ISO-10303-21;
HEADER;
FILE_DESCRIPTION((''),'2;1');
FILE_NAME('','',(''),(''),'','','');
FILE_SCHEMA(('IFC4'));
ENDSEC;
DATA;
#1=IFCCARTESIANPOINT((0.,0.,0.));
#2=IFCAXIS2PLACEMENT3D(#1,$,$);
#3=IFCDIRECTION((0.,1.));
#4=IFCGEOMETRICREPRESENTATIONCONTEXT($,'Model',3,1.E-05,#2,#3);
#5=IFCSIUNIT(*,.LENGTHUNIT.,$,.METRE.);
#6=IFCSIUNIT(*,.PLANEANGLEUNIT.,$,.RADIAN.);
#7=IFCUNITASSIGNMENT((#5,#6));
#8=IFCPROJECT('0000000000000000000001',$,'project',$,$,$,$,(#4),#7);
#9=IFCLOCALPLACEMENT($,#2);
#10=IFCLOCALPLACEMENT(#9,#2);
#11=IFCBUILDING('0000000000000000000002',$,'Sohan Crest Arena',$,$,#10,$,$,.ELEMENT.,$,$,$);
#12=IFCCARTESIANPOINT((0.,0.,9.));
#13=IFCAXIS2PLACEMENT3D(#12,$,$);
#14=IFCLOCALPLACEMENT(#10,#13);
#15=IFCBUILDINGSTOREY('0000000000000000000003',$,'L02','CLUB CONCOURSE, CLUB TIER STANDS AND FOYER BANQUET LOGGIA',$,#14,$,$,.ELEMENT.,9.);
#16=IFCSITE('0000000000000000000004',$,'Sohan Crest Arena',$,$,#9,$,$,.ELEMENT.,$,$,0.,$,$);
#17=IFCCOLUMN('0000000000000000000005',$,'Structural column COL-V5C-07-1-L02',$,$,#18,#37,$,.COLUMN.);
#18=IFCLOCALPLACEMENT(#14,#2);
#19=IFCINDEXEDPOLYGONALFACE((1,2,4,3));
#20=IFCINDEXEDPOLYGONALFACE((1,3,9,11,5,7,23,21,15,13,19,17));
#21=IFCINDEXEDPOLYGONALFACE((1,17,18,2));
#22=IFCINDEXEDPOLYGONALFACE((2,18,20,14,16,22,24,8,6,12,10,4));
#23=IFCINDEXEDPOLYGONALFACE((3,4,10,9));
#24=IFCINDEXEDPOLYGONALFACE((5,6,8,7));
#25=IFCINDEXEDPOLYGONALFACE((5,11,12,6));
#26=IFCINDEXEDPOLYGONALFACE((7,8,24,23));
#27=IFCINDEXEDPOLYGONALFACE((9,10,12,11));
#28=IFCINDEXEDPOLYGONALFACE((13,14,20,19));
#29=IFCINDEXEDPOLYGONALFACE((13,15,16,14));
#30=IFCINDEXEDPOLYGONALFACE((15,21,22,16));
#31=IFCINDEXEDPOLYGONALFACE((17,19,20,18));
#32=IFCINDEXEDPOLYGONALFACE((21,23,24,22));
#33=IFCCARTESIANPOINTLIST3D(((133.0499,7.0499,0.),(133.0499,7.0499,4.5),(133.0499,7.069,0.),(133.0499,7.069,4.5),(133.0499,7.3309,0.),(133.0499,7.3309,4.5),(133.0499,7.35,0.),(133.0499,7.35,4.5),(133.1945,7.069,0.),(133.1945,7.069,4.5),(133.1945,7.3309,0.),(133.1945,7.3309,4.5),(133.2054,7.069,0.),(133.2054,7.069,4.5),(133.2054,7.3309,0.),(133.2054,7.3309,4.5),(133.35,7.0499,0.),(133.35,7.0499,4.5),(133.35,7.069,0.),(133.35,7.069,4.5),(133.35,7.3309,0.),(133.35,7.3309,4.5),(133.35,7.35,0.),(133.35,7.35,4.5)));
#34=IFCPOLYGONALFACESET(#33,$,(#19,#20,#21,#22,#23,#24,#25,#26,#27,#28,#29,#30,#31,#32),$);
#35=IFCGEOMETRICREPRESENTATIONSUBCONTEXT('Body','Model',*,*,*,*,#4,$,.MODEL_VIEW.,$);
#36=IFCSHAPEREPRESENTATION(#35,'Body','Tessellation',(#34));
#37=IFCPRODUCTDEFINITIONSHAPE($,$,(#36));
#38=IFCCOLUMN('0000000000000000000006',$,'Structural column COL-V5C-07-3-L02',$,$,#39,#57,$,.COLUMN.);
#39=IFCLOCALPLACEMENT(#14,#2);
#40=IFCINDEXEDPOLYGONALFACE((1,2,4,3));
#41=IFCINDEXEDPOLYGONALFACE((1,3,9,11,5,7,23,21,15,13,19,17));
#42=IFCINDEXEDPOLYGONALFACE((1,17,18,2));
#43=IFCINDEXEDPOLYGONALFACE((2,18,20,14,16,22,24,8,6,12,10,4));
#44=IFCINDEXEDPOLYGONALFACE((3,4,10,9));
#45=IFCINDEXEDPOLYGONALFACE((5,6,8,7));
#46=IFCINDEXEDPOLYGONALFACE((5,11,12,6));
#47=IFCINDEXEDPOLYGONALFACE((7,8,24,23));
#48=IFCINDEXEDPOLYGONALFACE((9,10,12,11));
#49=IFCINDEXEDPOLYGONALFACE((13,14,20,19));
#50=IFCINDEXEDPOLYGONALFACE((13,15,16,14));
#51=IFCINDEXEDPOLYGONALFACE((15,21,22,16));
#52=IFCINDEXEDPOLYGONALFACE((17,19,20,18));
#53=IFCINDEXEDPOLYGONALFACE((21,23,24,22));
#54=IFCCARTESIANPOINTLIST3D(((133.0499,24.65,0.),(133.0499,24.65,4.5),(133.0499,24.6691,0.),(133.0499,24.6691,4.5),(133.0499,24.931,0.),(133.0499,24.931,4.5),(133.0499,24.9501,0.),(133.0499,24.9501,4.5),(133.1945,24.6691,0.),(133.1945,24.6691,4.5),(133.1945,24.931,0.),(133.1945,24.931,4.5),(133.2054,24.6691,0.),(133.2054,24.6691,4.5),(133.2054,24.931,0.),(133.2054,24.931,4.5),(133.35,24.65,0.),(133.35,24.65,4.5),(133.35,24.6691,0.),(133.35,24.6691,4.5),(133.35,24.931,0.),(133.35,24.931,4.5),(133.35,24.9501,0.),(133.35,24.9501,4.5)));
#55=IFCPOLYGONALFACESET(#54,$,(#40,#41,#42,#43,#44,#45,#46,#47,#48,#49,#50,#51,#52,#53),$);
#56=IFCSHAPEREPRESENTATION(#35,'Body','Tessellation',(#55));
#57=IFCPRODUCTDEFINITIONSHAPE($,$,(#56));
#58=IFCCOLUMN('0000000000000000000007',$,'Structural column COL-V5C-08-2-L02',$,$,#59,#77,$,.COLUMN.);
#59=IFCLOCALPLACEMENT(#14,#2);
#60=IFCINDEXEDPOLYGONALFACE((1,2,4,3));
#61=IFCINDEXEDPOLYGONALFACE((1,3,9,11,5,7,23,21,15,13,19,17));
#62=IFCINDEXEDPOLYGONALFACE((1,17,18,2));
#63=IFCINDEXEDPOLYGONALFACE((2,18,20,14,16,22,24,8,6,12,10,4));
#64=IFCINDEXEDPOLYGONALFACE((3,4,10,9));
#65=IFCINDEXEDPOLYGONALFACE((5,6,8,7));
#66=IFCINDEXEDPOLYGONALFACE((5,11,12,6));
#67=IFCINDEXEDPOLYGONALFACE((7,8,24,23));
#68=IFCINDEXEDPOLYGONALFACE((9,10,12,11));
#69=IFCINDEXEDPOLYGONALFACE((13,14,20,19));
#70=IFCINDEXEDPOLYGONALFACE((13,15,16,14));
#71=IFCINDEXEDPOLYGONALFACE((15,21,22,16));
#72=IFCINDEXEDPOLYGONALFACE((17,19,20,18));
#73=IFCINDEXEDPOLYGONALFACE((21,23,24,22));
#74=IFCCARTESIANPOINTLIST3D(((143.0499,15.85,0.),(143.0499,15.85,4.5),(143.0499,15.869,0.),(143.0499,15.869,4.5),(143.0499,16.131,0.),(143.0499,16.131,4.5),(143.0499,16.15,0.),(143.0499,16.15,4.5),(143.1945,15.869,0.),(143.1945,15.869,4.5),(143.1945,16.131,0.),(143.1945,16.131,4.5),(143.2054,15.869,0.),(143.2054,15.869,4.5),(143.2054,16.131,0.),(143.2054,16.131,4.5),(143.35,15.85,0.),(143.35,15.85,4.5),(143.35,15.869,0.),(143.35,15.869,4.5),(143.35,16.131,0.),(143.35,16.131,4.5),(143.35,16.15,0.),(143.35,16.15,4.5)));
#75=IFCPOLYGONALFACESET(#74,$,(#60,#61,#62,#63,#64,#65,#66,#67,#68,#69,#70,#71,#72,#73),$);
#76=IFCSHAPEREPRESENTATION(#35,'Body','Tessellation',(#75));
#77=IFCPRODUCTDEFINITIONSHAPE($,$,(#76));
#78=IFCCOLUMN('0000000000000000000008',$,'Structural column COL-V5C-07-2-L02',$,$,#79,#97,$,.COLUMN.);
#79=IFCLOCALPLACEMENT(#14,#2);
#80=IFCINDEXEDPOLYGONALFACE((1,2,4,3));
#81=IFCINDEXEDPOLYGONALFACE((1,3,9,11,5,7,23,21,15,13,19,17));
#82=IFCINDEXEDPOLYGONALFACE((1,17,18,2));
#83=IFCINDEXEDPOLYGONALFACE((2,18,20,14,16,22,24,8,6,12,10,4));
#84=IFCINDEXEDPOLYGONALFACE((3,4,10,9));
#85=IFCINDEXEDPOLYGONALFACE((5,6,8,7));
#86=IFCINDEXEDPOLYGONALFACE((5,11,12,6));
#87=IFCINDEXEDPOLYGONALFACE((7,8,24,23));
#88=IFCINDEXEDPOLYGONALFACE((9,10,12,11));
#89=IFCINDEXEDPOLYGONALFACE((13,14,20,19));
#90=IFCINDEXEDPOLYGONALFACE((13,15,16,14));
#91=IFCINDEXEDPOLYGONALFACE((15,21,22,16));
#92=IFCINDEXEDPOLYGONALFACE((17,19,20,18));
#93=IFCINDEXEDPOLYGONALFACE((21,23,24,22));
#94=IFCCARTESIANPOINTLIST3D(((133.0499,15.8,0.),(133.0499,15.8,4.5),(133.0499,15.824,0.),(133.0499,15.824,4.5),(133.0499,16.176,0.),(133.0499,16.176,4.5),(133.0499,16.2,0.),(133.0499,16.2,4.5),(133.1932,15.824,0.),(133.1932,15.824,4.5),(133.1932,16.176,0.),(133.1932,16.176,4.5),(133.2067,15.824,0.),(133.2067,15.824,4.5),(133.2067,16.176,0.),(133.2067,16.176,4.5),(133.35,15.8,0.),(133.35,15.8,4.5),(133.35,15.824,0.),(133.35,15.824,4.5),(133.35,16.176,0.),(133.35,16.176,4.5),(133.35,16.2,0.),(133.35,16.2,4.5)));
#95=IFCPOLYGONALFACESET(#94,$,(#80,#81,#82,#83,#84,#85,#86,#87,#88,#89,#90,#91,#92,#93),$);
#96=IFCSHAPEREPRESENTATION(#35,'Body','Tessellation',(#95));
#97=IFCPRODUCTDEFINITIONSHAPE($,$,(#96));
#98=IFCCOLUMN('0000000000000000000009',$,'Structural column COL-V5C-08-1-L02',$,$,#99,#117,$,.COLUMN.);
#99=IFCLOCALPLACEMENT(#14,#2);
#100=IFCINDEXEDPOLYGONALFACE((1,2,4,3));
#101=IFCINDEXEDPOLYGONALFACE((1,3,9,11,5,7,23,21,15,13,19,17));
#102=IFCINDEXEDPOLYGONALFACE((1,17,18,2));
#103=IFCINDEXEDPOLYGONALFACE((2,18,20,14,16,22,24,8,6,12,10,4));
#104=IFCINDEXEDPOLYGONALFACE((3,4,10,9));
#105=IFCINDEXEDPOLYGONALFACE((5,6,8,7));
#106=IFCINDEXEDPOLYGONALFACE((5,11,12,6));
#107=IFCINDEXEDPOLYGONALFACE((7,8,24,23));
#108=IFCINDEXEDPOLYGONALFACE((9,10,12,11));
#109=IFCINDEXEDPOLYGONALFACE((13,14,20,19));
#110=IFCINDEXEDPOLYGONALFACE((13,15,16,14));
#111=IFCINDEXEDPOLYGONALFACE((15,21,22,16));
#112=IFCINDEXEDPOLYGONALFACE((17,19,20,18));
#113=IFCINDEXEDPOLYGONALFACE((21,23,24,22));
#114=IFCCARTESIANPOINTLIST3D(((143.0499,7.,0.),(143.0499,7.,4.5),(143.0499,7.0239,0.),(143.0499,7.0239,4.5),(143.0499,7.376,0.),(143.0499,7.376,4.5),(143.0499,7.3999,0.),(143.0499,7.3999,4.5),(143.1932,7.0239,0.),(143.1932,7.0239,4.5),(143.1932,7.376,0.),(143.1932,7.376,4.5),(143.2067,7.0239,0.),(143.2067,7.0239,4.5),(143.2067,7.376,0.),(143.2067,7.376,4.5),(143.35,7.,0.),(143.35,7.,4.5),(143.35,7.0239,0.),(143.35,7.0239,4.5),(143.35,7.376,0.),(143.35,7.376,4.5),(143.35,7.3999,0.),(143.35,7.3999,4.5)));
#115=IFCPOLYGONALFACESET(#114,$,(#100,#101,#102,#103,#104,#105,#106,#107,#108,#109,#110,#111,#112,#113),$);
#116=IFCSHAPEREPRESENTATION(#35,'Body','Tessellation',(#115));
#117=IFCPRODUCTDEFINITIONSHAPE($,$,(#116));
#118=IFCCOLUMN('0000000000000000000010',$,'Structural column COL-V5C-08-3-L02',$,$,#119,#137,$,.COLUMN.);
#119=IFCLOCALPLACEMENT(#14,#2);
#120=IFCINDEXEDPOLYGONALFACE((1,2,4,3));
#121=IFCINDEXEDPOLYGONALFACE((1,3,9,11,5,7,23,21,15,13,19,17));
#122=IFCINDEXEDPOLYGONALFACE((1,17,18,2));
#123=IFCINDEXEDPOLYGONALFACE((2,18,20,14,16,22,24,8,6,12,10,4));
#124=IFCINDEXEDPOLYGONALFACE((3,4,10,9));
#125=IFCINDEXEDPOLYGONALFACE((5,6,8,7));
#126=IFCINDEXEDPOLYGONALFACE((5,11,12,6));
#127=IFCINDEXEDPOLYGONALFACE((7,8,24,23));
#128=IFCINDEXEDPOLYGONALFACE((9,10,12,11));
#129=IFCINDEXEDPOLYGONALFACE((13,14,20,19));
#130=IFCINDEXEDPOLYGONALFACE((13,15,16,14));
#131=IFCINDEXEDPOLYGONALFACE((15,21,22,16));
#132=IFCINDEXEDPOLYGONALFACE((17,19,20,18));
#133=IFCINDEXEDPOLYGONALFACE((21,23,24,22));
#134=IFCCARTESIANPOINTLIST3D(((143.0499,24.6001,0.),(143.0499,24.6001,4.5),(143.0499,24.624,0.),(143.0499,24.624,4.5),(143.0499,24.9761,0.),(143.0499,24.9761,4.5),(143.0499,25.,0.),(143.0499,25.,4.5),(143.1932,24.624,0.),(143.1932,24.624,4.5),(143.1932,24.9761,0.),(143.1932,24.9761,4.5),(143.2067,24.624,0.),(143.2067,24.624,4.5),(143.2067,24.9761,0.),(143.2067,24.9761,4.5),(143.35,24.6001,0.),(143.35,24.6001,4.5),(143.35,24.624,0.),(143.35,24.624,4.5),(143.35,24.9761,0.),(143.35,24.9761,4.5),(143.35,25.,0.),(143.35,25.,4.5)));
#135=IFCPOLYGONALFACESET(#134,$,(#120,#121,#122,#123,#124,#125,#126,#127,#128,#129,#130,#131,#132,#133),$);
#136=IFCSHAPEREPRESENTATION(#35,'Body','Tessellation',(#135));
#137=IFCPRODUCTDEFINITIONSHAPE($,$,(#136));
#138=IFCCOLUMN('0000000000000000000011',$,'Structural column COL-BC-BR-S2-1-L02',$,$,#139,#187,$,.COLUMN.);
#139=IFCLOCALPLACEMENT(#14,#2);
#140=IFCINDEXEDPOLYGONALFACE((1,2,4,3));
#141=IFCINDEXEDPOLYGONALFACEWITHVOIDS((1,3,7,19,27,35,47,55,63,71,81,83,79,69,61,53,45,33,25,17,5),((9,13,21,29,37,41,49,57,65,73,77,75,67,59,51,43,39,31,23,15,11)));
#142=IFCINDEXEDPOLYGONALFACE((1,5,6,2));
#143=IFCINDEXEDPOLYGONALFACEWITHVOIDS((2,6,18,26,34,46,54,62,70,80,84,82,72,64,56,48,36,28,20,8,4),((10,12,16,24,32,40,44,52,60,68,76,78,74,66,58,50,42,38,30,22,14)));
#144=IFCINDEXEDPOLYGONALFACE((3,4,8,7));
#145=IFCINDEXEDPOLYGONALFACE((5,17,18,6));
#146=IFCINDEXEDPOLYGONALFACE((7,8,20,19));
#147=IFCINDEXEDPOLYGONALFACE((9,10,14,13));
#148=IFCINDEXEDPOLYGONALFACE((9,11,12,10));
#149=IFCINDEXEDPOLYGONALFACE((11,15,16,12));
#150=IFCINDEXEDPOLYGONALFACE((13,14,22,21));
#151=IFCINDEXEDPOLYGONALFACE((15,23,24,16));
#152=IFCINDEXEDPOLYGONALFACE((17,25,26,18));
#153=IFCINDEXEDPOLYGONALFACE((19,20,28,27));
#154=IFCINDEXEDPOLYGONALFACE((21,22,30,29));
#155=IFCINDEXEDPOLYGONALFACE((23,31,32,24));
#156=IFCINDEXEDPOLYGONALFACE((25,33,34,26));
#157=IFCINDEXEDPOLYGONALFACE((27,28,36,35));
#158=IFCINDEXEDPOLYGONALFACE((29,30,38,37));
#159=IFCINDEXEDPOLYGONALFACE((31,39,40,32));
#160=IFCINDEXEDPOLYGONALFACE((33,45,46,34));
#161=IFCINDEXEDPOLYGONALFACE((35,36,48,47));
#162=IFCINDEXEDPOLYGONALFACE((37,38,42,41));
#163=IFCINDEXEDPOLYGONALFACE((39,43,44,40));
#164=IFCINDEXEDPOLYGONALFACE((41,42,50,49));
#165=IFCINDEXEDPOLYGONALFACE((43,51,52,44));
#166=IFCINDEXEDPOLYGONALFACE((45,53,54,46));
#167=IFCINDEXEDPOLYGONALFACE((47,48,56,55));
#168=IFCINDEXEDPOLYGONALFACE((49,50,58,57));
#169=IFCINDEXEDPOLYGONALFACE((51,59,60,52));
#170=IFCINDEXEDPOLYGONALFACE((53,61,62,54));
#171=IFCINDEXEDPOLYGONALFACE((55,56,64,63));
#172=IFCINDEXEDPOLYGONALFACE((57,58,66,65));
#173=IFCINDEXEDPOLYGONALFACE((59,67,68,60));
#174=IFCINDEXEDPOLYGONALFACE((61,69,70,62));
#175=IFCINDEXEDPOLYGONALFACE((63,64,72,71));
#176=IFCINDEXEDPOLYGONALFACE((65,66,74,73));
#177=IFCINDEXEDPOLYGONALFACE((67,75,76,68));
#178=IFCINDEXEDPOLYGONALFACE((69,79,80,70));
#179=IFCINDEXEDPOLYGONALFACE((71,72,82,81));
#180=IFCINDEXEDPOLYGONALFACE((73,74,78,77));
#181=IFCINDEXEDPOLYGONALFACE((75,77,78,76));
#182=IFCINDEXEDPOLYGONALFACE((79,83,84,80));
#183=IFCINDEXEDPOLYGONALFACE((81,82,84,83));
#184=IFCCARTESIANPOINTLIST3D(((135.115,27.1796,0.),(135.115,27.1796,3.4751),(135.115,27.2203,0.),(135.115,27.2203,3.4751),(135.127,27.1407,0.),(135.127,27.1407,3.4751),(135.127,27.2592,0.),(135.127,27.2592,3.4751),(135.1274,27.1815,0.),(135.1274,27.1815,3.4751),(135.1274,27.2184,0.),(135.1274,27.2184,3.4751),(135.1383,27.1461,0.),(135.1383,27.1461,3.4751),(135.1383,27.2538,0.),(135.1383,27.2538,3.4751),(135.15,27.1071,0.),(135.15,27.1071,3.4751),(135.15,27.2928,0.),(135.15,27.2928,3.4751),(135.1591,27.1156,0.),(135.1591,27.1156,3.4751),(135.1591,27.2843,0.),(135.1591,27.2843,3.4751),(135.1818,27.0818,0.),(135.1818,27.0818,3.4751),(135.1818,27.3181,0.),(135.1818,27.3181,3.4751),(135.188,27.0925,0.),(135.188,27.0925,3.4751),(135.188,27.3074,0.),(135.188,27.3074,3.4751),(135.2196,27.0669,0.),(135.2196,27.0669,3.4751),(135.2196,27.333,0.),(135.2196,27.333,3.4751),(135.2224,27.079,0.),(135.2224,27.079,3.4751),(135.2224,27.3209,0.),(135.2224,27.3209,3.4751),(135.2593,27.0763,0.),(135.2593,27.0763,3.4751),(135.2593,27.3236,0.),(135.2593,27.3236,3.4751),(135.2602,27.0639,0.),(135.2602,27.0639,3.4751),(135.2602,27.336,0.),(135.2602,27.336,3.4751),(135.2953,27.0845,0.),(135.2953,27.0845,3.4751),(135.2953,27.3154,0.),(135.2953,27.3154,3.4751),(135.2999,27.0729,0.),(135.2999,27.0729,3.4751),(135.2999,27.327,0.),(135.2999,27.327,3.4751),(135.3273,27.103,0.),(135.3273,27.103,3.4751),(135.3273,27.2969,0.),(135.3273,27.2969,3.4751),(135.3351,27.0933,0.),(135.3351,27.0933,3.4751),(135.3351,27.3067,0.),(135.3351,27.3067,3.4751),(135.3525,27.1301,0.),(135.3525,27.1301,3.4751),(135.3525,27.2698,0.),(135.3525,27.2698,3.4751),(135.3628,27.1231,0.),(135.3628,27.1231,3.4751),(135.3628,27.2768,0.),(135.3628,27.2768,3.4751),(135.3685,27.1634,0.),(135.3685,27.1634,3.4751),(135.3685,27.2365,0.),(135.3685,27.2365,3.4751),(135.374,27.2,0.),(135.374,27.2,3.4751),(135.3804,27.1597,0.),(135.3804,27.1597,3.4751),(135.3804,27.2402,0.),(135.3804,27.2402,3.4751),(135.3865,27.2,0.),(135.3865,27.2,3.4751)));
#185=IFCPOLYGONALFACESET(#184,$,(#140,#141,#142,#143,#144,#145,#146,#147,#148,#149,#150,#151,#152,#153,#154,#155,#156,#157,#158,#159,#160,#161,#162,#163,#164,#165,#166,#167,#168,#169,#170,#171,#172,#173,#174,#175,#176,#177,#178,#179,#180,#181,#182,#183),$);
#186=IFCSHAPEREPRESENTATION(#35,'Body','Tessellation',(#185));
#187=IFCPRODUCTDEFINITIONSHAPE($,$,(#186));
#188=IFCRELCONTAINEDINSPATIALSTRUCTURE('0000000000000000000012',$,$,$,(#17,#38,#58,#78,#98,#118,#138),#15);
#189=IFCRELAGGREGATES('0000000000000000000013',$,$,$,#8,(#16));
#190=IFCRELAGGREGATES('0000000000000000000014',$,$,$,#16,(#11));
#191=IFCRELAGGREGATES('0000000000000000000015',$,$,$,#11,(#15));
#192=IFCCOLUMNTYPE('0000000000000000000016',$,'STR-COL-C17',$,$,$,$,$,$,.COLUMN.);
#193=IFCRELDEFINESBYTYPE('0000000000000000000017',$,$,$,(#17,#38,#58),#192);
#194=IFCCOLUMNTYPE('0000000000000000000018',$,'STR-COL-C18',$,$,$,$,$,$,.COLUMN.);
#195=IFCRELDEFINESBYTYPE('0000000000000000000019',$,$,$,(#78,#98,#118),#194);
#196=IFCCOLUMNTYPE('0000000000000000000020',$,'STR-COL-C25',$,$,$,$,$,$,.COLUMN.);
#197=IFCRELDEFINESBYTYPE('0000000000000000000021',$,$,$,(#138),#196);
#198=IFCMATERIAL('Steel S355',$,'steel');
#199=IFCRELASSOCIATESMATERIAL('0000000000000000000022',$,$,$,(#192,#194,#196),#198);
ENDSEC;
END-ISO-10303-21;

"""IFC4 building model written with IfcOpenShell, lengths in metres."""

from ifc_helpers import new_model, si_unit, direction, frame, origin, origin_2d, place, context, subcontext, project, spatial, hollow_circle, i_section, extrude, material, material_profile, profile_set, type_object, element, save


model = new_model("IFC4")

# Units and contexts
model_context = context("Model", 3, precision=1e-05, world=origin(), true_north=direction((0.0, 1.0)))
body_context = subcontext(model_context, "Body", "Model", "MODEL_VIEW")
ifc_project = project(units=[si_unit("LENGTHUNIT", "METRE"), si_unit("PLANEANGLEUNIT", "RADIAN")], contexts=[model_context])

# Site, building, storey
site_placement = place(None, origin())
site = spatial("IfcSite", under=ifc_project, at=site_placement, Name="Sohan Crest Arena", CompositionType="ELEMENT", RefElevation=0.0)
building_placement = place(site_placement, origin())
building = spatial("IfcBuilding", under=site, at=building_placement, Name="Sohan Crest Arena", CompositionType="ELEMENT")
storey_placement = place(building_placement, frame((0.0, 0.0, 9.0)))
storey = spatial("IfcBuildingStorey", under=building, at=storey_placement, Name="L02", Description="CLUB CONCOURSE, CLUB TIER STANDS AND FOYER BANQUET LOGGIA", CompositionType="ELEMENT", Elevation=9.0)

# Columns
ifc_material_1 = material(Name="Steel S355", Category="steel")
ifc_material_profile_1 = material_profile(ifc_material_1, i_section(OverallWidth=0.3, OverallDepth=0.3, WebThickness=0.011, FlangeThickness=0.019, at=origin_2d()), Name="HEB 300")
ifc_profile_set_1 = profile_set([ifc_material_profile_1], Name="Steel S355")
column_type_1 = type_object("IfcColumnType", Name="STR-COL-C17", PredefinedType="COLUMN", material=ifc_profile_set_1)
for number, where, z_axis, x_axis, name in (
    (1, (133.2, 7.2, 0.0), (0.0, 0.0, 1.0), (1.0, 0.0, 0.0), "Structural column COL-V5C-07-1-L02"),
    (2, (133.2, 24.8, 0.0), (0.0, 0.0, 1.0), (1.0, 0.0, 0.0), "Structural column COL-V5C-07-3-L02"),
    (3, (143.2, 16.0, 0.0), (0.0, 0.0, 1.0), (1.0, 0.0, 0.0), "Structural column COL-V5C-08-2-L02"),
):
    element("IfcColumn", number, at=place(storey_placement, frame(where, z_axis=z_axis, x_axis=x_axis)), inside=storey, type_object=column_type_1, Name=name, PredefinedType="COLUMN", context=body_context, shape_type="SweptSolid", body=[
        extrude(i_section(OverallWidth=0.3, OverallDepth=0.3, WebThickness=0.011, FlangeThickness=0.019, at=origin_2d()), origin(), (0.0, 0.0, 1.0), 4.5),
    ])
ifc_material_profile_2 = material_profile(ifc_material_1, i_section(OverallWidth=0.3, OverallDepth=0.3999, WebThickness=0.0134, FlangeThickness=0.0239, at=origin_2d()), Name="HEB 400")
ifc_profile_set_2 = profile_set([ifc_material_profile_2], Name="Steel S355")
column_type_2 = type_object("IfcColumnType", Name="STR-COL-C18", PredefinedType="COLUMN", material=ifc_profile_set_2)
for number, where, z_axis, x_axis, name in (
    (4, (133.2, 16.0, 0.0), (0.0, 0.0, 1.0), (1.0, 0.0, 0.0), "Structural column COL-V5C-07-2-L02"),
    (5, (143.2, 7.2, 0.0), (0.0, 0.0, 1.0), (1.0, 0.0, 0.0), "Structural column COL-V5C-08-1-L02"),
    (6, (143.2, 24.8, 0.0), (0.0, 0.0, 1.0), (1.0, 0.0, 0.0), "Structural column COL-V5C-08-3-L02"),
):
    element("IfcColumn", number, at=place(storey_placement, frame(where, z_axis=z_axis, x_axis=x_axis)), inside=storey, type_object=column_type_2, Name=name, PredefinedType="COLUMN", context=body_context, shape_type="SweptSolid", body=[
        extrude(i_section(OverallWidth=0.3, OverallDepth=0.3999, WebThickness=0.0134, FlangeThickness=0.0239, at=origin_2d()), origin(), (0.0, 0.0, 1.0), 4.5),
    ])
ifc_material_profile_3 = material_profile(ifc_material_1, hollow_circle(Radius=0.1365, WallThickness=0.0125, at=origin_2d()), Name="CHS 273x12.5")
ifc_profile_set_3 = profile_set([ifc_material_profile_3], Name="Steel S355")
column_type_3 = type_object("IfcColumnType", Name="STR-COL-C25", PredefinedType="COLUMN", material=ifc_profile_set_3)
column_placement = place(storey_placement, frame((135.25, 27.2, 0.0), z_axis=(0.0, 0.0, 1.0), x_axis=(1.0, 0.0, 0.0)))
element("IfcColumn", 7, at=column_placement, inside=storey, type_object=column_type_3, Name="Structural column COL-BC-BR-S2-1-L02", PredefinedType="COLUMN", context=body_context, shape_type="SweptSolid", body=[
    extrude(hollow_circle(Radius=0.1365, WallThickness=0.0125, at=origin_2d()), origin(), (0.0, 0.0, 1.0), 3.4751),
])

save(model, "model.ifc")
